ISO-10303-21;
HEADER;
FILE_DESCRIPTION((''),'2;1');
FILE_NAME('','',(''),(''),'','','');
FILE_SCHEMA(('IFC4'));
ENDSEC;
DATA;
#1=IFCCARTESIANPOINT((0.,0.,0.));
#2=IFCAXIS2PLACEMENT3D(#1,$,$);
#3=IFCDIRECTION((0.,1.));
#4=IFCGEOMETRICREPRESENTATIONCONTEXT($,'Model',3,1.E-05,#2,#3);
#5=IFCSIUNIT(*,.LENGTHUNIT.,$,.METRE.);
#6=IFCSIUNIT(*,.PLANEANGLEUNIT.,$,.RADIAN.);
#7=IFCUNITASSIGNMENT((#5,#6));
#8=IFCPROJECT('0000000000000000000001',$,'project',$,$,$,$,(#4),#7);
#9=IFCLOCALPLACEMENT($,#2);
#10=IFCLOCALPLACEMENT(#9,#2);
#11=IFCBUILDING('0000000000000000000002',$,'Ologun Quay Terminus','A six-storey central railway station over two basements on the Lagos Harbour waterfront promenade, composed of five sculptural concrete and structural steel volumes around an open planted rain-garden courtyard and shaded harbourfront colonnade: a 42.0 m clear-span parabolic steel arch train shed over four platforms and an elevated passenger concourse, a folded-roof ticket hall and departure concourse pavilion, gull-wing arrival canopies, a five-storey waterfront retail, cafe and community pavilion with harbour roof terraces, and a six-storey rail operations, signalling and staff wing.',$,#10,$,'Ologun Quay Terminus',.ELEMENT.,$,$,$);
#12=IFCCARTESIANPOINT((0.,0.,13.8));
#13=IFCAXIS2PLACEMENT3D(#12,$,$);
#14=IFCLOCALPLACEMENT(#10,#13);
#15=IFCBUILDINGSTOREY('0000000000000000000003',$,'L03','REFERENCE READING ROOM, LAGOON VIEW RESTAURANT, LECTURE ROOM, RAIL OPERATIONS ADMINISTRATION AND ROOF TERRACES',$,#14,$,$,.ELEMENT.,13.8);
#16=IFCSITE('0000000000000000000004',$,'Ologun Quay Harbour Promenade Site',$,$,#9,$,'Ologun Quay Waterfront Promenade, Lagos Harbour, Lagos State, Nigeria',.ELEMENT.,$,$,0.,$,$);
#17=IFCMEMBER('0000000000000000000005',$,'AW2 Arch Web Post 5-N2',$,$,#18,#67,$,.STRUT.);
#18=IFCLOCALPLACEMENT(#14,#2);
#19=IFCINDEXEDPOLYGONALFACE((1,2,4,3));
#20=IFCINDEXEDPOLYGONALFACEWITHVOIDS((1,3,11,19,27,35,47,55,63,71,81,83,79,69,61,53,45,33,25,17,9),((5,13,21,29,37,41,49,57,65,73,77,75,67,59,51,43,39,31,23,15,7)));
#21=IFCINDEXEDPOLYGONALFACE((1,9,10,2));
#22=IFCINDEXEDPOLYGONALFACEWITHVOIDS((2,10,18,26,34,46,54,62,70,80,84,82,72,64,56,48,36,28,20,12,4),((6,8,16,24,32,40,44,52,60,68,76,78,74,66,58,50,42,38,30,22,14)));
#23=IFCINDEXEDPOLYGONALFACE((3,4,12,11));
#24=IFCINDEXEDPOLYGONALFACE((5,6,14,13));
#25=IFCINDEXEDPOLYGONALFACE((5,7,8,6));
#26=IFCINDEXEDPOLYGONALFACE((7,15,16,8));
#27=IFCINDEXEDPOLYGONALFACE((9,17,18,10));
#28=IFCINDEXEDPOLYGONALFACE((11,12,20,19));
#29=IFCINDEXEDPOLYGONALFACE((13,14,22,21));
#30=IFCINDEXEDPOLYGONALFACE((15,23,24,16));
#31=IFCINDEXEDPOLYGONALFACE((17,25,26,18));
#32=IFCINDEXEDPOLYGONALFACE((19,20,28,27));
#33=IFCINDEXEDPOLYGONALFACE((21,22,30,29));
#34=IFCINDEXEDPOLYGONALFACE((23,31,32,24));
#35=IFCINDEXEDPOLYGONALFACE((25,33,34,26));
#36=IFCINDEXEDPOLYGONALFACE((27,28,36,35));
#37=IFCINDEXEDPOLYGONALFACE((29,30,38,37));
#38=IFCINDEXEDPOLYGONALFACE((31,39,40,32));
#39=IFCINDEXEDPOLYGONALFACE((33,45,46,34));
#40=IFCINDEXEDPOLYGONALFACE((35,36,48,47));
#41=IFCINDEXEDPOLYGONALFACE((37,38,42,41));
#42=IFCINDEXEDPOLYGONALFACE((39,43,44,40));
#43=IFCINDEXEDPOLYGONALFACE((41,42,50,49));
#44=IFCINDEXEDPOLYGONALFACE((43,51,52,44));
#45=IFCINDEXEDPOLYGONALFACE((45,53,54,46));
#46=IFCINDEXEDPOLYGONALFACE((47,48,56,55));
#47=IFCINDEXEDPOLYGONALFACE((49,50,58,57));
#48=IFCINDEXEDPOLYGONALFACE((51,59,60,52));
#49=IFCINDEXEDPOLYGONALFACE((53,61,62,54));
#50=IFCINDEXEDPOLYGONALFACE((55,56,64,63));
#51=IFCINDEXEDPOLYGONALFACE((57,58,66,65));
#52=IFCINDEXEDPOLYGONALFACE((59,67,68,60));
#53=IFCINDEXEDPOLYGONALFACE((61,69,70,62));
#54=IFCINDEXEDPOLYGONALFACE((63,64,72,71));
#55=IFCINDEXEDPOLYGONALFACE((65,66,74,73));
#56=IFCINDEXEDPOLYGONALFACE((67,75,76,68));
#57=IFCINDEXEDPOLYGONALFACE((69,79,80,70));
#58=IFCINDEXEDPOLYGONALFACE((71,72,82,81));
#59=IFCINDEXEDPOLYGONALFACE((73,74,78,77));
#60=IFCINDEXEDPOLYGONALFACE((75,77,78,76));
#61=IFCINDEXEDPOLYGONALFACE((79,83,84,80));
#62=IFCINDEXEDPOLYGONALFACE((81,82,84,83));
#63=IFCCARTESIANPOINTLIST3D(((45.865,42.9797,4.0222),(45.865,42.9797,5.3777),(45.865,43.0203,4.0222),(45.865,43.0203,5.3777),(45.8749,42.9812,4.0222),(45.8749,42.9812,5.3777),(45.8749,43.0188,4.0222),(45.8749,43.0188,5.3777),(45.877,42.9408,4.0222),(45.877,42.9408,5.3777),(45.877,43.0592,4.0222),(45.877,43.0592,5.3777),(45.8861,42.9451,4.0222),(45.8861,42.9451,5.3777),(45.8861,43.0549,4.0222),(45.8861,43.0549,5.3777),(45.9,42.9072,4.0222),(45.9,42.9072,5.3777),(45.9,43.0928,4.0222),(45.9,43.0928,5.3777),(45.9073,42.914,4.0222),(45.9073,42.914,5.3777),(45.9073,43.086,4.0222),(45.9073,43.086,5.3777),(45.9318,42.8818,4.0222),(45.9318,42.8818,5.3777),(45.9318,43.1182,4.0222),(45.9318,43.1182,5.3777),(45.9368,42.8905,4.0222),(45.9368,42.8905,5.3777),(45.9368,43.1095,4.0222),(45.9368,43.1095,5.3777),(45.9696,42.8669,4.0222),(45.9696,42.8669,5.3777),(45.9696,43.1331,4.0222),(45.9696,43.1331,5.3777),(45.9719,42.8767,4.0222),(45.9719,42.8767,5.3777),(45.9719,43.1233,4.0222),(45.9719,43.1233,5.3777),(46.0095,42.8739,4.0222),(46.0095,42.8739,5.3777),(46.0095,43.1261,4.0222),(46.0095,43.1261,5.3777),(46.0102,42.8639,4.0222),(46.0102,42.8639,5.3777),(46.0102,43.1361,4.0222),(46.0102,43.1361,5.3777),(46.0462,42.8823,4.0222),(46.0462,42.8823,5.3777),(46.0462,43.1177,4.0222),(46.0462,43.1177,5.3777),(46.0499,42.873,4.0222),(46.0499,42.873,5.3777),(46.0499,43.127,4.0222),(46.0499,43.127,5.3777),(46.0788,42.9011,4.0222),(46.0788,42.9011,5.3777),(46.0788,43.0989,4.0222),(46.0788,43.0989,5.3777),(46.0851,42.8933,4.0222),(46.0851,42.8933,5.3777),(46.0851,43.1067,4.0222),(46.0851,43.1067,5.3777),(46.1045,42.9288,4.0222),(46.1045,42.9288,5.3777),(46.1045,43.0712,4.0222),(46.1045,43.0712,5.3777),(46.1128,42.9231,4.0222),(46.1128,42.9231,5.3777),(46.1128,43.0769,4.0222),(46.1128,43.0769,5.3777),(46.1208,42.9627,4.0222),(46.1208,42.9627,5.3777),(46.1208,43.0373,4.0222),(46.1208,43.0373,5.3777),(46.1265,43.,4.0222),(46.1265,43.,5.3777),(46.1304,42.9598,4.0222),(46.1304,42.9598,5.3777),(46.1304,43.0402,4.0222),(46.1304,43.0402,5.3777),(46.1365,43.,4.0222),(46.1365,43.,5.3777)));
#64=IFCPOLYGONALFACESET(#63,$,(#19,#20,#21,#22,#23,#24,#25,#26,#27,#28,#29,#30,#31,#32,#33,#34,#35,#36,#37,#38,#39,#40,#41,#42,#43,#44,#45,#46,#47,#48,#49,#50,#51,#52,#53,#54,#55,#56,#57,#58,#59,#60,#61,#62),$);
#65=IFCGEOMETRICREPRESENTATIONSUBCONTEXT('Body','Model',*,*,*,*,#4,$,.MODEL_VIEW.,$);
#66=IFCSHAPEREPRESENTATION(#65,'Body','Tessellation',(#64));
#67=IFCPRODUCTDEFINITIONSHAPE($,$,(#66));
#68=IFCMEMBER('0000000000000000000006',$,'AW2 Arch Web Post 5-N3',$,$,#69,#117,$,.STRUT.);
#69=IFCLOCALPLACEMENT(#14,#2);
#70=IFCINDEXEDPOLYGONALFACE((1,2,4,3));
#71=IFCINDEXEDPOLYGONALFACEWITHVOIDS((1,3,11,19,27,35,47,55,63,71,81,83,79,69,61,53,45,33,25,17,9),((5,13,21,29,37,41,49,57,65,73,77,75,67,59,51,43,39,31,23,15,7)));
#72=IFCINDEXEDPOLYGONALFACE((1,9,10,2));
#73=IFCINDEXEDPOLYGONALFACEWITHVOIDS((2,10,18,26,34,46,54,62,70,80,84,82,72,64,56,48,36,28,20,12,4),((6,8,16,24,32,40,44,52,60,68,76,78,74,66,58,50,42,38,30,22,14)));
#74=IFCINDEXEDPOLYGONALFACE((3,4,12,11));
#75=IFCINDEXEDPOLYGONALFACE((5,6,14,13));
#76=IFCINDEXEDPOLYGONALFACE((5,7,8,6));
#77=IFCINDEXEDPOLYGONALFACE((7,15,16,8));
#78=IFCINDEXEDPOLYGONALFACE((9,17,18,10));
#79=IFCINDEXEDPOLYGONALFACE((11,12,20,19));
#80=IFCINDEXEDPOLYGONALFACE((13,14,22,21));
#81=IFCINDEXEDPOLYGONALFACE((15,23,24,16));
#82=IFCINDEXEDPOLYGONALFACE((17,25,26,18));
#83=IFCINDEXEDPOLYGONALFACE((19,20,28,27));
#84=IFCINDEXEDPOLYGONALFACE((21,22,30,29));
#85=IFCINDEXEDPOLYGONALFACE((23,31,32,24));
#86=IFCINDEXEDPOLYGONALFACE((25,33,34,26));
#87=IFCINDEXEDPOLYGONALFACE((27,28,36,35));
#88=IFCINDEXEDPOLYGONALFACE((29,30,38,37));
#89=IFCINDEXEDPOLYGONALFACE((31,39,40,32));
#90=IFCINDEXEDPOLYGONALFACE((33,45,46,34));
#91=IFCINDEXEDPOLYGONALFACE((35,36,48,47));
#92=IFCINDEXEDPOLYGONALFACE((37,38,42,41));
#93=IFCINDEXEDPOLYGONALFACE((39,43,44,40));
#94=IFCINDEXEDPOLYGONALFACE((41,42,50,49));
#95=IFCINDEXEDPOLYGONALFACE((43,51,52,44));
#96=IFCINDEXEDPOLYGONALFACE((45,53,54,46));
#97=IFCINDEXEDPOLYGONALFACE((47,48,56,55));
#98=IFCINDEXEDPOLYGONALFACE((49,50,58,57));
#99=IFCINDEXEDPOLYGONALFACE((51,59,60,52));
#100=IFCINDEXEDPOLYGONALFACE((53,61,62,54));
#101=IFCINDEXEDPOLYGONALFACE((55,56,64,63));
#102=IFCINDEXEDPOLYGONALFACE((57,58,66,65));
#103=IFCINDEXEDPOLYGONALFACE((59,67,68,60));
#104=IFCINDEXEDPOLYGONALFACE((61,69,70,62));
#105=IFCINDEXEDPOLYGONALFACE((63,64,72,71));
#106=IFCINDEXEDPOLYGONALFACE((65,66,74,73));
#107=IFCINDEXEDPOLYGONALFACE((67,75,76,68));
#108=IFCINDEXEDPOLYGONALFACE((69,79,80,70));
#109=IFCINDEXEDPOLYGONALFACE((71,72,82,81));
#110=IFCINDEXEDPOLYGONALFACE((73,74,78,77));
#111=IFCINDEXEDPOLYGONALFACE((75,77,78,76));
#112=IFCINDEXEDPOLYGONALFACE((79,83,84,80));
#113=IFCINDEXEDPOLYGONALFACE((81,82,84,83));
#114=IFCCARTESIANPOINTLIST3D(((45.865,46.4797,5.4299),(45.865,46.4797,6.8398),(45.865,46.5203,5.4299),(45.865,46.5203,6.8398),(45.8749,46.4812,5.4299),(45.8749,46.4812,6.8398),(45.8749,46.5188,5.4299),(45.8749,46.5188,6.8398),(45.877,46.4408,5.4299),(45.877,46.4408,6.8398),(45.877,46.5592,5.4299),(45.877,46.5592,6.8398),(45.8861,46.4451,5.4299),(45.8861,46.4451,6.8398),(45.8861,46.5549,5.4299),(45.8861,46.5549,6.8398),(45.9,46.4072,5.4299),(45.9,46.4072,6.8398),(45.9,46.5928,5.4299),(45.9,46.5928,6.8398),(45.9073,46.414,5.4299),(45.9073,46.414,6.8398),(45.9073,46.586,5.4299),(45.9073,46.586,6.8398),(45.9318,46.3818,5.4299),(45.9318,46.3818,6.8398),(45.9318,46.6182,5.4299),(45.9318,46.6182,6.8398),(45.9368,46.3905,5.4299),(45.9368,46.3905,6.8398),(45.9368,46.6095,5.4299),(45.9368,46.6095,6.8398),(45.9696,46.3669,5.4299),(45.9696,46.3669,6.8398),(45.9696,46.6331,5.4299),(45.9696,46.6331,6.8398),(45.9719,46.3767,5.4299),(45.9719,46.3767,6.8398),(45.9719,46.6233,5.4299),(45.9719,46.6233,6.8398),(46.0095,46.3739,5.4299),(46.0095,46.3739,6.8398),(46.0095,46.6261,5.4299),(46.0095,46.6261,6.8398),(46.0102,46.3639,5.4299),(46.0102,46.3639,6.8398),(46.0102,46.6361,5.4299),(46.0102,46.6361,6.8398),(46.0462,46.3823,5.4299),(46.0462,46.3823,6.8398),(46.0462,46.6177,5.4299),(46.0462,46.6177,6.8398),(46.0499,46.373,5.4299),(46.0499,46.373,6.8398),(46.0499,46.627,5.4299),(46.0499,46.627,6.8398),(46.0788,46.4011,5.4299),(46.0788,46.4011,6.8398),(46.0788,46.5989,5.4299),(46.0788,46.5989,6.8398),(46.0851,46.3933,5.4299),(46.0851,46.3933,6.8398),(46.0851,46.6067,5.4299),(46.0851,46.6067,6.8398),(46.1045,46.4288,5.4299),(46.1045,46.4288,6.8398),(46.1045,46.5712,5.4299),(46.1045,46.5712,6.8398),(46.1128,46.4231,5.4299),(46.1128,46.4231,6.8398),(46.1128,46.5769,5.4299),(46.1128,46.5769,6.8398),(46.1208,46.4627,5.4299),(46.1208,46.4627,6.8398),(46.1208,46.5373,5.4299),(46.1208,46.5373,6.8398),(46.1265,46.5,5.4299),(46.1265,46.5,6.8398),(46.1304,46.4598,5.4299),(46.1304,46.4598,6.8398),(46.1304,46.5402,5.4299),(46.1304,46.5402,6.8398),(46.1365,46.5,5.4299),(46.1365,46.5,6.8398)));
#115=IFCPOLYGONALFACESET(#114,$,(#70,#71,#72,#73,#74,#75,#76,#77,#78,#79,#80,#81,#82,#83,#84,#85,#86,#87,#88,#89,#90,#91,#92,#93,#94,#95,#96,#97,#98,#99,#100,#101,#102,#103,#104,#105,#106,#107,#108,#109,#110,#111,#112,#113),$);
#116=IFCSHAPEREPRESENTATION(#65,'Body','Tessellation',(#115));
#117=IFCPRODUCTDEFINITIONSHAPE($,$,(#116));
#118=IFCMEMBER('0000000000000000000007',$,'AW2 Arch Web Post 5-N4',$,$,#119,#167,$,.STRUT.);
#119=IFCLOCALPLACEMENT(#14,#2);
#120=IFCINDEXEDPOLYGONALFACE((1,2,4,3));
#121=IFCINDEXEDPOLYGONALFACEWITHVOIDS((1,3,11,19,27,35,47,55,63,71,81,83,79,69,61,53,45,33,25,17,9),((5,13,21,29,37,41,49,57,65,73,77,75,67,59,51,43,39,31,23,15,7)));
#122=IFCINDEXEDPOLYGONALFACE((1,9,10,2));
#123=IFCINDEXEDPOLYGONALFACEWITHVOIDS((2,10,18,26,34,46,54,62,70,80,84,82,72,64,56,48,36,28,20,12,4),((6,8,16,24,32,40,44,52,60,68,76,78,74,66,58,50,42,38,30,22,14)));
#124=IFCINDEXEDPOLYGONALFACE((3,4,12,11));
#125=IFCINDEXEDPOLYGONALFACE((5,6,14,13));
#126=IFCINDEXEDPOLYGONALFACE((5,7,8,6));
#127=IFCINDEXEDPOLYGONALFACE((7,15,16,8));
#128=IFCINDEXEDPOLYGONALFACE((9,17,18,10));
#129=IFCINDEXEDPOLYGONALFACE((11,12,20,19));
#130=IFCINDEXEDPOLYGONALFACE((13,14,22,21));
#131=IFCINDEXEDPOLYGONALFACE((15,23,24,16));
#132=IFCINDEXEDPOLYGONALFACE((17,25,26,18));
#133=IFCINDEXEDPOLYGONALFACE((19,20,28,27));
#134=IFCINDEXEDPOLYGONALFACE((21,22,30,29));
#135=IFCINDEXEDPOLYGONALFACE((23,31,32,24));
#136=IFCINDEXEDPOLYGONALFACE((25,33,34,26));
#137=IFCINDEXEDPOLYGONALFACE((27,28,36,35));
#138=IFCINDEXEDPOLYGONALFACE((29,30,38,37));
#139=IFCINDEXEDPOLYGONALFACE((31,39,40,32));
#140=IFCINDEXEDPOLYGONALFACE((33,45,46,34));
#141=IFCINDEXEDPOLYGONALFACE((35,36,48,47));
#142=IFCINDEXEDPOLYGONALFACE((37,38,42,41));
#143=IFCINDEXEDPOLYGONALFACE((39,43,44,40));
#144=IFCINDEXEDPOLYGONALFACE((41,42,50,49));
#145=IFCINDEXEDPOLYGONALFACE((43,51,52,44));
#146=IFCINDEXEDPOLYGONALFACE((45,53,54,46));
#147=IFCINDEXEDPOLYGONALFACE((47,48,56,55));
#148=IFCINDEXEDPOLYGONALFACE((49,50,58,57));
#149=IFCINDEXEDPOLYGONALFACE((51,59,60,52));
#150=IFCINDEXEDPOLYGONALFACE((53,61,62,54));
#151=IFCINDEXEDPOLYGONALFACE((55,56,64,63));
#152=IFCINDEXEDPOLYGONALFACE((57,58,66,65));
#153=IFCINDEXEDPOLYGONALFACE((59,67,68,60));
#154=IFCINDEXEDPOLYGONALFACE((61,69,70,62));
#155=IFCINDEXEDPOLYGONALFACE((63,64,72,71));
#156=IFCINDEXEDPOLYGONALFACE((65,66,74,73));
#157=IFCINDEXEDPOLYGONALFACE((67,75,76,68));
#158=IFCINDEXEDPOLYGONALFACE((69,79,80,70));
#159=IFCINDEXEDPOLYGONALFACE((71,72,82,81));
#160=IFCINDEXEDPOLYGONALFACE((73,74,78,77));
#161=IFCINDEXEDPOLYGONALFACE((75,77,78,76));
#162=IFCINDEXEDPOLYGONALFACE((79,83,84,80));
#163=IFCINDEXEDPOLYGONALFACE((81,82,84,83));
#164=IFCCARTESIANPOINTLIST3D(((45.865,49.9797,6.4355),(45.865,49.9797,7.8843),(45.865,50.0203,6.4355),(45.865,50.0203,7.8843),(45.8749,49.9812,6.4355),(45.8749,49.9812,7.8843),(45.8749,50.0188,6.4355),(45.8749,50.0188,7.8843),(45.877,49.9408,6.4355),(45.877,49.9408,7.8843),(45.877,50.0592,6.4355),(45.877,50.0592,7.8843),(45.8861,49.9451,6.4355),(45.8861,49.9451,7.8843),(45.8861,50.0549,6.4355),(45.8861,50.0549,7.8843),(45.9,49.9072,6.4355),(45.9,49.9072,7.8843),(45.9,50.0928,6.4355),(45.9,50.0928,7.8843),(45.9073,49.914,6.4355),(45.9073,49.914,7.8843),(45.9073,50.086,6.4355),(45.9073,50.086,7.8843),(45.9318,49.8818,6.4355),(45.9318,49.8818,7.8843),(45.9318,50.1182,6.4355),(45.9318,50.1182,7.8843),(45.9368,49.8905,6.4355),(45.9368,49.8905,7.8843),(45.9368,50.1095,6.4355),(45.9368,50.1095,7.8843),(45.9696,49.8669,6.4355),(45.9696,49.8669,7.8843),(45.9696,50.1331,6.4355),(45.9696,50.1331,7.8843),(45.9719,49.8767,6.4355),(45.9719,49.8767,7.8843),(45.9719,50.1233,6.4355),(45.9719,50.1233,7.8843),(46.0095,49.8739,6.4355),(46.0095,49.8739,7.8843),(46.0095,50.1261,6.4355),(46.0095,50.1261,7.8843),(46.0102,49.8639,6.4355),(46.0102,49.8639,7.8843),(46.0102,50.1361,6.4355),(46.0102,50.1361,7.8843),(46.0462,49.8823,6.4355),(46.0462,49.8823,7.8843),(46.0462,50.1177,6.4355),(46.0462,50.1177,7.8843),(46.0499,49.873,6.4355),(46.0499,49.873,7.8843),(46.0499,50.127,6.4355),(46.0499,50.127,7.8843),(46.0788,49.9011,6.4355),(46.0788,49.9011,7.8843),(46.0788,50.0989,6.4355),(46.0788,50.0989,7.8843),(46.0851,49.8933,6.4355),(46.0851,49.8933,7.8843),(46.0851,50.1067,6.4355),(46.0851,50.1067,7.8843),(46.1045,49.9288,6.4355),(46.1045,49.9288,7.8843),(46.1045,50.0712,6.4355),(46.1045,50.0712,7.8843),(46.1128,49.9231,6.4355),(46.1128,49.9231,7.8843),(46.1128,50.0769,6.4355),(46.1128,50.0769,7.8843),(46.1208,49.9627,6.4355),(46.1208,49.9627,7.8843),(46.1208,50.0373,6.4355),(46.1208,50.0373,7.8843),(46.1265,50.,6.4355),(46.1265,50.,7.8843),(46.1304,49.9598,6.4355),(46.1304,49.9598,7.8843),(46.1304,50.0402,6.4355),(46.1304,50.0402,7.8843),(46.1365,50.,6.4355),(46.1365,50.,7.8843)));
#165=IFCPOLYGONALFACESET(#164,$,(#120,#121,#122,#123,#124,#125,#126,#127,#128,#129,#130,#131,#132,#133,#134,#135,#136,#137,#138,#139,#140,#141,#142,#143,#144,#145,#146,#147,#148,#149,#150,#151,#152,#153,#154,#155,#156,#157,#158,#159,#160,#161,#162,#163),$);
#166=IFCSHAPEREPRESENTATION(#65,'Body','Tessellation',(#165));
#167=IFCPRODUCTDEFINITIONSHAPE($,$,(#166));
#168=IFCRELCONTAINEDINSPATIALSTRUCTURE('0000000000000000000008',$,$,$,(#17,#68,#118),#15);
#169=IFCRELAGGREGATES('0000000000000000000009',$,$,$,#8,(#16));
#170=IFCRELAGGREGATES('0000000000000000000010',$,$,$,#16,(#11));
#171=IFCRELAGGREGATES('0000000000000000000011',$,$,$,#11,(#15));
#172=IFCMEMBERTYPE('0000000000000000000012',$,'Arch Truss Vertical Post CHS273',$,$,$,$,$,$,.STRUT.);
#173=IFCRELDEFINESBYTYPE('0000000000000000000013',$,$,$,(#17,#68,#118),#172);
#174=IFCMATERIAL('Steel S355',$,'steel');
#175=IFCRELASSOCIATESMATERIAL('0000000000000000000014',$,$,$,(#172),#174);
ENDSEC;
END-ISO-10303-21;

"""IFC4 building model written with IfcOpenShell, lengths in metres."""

from ifc_helpers import new_model, si_unit, direction, frame, origin, origin_2d, place, context, subcontext, project, spatial, hollow_circle, extrude, material, material_profile, profile_set, type_object, element, save


model = new_model("IFC4")

# Units and contexts
model_context = context("Model", 3, precision=1e-05, world=origin(), true_north=direction((0.0, 1.0)))
body_context = subcontext(model_context, "Body", "Model", "MODEL_VIEW")
ifc_project = project(units=[si_unit("LENGTHUNIT", "METRE"), si_unit("PLANEANGLEUNIT", "RADIAN")], contexts=[model_context])

# Site, building, storey
site_placement = place(None, origin())
site = spatial("IfcSite", under=ifc_project, at=site_placement, Name="Ologun Quay Harbour Promenade Site", LongName="Ologun Quay Waterfront Promenade, Lagos Harbour, Lagos State, Nigeria", CompositionType="ELEMENT", RefElevation=0.0)
building_placement = place(site_placement, origin())
building = spatial("IfcBuilding", under=site, at=building_placement, Name="Ologun Quay Terminus", Description="A six-storey central railway station over two basements on the Lagos Harbour waterfront promenade, composed of five sculptural concrete and structural steel volumes around an open planted rain-garden courtyard and shaded harbourfront colonnade: a 42.0 m clear-span parabolic steel arch train shed over four platforms and an elevated passenger concourse, a folded-roof ticket hall and departure concourse pavilion, gull-wing arrival canopies, a five-storey waterfront retail, cafe and community pavilion with harbour roof terraces, and a six-storey rail operations, signalling and staff wing.", LongName="Ologun Quay Terminus", CompositionType="ELEMENT")
storey_placement = place(building_placement, frame((0.0, 0.0, 13.8)))
storey = spatial("IfcBuildingStorey", under=building, at=storey_placement, Name="L03", Description="REFERENCE READING ROOM, LAGOON VIEW RESTAURANT, LECTURE ROOM, RAIL OPERATIONS ADMINISTRATION AND ROOF TERRACES", CompositionType="ELEMENT", Elevation=13.8)

# Members
ifc_material_1 = material(Name="Steel S355", Category="steel")
ifc_material_profile_1 = material_profile(ifc_material_1, hollow_circle(Radius=0.1365, WallThickness=0.01, at=origin_2d()), Name="CHS 273x10")
ifc_profile_set_1 = profile_set([ifc_material_profile_1], Name="Steel S355")
member_type_1 = type_object("IfcMemberType", Name="Arch Truss Vertical Post CHS273", PredefinedType="STRUT", material=ifc_profile_set_1)
member_1_placement = place(storey_placement, frame((46.0, 43.0, 4.0222), z_axis=(0.0, 0.0, 1.0), x_axis=(1.0, 0.0, 0.0)))
element("IfcMember", 1, at=member_1_placement, inside=storey, type_object=member_type_1, Name="AW2 Arch Web Post 5-N2", PredefinedType="STRUT", context=body_context, shape_type="SweptSolid", body=[
    extrude(hollow_circle(Radius=0.1365, WallThickness=0.01, at=origin_2d()), origin(), (0.0, 0.0, 1.0), 1.3555),
])
member_2_placement = place(storey_placement, frame((46.0, 46.5, 5.4299), z_axis=(0.0, 0.0, 1.0), x_axis=(1.0, 0.0, 0.0)))
element("IfcMember", 2, at=member_2_placement, inside=storey, type_object=member_type_1, Name="AW2 Arch Web Post 5-N3", PredefinedType="STRUT", context=body_context, shape_type="SweptSolid", body=[
    extrude(hollow_circle(Radius=0.1365, WallThickness=0.01, at=origin_2d()), origin(), (0.0, 0.0, 1.0), 1.4099),
])
member_3_placement = place(storey_placement, frame((46.0, 50.0, 6.4355), z_axis=(0.0, 0.0, 1.0), x_axis=(1.0, 0.0, 0.0)))
element("IfcMember", 3, at=member_3_placement, inside=storey, type_object=member_type_1, Name="AW2 Arch Web Post 5-N4", PredefinedType="STRUT", context=body_context, shape_type="SweptSolid", body=[
    extrude(hollow_circle(Radius=0.1365, WallThickness=0.01, at=origin_2d()), origin(), (0.0, 0.0, 1.0), 1.4487),
])

save(model, "model.ifc")
